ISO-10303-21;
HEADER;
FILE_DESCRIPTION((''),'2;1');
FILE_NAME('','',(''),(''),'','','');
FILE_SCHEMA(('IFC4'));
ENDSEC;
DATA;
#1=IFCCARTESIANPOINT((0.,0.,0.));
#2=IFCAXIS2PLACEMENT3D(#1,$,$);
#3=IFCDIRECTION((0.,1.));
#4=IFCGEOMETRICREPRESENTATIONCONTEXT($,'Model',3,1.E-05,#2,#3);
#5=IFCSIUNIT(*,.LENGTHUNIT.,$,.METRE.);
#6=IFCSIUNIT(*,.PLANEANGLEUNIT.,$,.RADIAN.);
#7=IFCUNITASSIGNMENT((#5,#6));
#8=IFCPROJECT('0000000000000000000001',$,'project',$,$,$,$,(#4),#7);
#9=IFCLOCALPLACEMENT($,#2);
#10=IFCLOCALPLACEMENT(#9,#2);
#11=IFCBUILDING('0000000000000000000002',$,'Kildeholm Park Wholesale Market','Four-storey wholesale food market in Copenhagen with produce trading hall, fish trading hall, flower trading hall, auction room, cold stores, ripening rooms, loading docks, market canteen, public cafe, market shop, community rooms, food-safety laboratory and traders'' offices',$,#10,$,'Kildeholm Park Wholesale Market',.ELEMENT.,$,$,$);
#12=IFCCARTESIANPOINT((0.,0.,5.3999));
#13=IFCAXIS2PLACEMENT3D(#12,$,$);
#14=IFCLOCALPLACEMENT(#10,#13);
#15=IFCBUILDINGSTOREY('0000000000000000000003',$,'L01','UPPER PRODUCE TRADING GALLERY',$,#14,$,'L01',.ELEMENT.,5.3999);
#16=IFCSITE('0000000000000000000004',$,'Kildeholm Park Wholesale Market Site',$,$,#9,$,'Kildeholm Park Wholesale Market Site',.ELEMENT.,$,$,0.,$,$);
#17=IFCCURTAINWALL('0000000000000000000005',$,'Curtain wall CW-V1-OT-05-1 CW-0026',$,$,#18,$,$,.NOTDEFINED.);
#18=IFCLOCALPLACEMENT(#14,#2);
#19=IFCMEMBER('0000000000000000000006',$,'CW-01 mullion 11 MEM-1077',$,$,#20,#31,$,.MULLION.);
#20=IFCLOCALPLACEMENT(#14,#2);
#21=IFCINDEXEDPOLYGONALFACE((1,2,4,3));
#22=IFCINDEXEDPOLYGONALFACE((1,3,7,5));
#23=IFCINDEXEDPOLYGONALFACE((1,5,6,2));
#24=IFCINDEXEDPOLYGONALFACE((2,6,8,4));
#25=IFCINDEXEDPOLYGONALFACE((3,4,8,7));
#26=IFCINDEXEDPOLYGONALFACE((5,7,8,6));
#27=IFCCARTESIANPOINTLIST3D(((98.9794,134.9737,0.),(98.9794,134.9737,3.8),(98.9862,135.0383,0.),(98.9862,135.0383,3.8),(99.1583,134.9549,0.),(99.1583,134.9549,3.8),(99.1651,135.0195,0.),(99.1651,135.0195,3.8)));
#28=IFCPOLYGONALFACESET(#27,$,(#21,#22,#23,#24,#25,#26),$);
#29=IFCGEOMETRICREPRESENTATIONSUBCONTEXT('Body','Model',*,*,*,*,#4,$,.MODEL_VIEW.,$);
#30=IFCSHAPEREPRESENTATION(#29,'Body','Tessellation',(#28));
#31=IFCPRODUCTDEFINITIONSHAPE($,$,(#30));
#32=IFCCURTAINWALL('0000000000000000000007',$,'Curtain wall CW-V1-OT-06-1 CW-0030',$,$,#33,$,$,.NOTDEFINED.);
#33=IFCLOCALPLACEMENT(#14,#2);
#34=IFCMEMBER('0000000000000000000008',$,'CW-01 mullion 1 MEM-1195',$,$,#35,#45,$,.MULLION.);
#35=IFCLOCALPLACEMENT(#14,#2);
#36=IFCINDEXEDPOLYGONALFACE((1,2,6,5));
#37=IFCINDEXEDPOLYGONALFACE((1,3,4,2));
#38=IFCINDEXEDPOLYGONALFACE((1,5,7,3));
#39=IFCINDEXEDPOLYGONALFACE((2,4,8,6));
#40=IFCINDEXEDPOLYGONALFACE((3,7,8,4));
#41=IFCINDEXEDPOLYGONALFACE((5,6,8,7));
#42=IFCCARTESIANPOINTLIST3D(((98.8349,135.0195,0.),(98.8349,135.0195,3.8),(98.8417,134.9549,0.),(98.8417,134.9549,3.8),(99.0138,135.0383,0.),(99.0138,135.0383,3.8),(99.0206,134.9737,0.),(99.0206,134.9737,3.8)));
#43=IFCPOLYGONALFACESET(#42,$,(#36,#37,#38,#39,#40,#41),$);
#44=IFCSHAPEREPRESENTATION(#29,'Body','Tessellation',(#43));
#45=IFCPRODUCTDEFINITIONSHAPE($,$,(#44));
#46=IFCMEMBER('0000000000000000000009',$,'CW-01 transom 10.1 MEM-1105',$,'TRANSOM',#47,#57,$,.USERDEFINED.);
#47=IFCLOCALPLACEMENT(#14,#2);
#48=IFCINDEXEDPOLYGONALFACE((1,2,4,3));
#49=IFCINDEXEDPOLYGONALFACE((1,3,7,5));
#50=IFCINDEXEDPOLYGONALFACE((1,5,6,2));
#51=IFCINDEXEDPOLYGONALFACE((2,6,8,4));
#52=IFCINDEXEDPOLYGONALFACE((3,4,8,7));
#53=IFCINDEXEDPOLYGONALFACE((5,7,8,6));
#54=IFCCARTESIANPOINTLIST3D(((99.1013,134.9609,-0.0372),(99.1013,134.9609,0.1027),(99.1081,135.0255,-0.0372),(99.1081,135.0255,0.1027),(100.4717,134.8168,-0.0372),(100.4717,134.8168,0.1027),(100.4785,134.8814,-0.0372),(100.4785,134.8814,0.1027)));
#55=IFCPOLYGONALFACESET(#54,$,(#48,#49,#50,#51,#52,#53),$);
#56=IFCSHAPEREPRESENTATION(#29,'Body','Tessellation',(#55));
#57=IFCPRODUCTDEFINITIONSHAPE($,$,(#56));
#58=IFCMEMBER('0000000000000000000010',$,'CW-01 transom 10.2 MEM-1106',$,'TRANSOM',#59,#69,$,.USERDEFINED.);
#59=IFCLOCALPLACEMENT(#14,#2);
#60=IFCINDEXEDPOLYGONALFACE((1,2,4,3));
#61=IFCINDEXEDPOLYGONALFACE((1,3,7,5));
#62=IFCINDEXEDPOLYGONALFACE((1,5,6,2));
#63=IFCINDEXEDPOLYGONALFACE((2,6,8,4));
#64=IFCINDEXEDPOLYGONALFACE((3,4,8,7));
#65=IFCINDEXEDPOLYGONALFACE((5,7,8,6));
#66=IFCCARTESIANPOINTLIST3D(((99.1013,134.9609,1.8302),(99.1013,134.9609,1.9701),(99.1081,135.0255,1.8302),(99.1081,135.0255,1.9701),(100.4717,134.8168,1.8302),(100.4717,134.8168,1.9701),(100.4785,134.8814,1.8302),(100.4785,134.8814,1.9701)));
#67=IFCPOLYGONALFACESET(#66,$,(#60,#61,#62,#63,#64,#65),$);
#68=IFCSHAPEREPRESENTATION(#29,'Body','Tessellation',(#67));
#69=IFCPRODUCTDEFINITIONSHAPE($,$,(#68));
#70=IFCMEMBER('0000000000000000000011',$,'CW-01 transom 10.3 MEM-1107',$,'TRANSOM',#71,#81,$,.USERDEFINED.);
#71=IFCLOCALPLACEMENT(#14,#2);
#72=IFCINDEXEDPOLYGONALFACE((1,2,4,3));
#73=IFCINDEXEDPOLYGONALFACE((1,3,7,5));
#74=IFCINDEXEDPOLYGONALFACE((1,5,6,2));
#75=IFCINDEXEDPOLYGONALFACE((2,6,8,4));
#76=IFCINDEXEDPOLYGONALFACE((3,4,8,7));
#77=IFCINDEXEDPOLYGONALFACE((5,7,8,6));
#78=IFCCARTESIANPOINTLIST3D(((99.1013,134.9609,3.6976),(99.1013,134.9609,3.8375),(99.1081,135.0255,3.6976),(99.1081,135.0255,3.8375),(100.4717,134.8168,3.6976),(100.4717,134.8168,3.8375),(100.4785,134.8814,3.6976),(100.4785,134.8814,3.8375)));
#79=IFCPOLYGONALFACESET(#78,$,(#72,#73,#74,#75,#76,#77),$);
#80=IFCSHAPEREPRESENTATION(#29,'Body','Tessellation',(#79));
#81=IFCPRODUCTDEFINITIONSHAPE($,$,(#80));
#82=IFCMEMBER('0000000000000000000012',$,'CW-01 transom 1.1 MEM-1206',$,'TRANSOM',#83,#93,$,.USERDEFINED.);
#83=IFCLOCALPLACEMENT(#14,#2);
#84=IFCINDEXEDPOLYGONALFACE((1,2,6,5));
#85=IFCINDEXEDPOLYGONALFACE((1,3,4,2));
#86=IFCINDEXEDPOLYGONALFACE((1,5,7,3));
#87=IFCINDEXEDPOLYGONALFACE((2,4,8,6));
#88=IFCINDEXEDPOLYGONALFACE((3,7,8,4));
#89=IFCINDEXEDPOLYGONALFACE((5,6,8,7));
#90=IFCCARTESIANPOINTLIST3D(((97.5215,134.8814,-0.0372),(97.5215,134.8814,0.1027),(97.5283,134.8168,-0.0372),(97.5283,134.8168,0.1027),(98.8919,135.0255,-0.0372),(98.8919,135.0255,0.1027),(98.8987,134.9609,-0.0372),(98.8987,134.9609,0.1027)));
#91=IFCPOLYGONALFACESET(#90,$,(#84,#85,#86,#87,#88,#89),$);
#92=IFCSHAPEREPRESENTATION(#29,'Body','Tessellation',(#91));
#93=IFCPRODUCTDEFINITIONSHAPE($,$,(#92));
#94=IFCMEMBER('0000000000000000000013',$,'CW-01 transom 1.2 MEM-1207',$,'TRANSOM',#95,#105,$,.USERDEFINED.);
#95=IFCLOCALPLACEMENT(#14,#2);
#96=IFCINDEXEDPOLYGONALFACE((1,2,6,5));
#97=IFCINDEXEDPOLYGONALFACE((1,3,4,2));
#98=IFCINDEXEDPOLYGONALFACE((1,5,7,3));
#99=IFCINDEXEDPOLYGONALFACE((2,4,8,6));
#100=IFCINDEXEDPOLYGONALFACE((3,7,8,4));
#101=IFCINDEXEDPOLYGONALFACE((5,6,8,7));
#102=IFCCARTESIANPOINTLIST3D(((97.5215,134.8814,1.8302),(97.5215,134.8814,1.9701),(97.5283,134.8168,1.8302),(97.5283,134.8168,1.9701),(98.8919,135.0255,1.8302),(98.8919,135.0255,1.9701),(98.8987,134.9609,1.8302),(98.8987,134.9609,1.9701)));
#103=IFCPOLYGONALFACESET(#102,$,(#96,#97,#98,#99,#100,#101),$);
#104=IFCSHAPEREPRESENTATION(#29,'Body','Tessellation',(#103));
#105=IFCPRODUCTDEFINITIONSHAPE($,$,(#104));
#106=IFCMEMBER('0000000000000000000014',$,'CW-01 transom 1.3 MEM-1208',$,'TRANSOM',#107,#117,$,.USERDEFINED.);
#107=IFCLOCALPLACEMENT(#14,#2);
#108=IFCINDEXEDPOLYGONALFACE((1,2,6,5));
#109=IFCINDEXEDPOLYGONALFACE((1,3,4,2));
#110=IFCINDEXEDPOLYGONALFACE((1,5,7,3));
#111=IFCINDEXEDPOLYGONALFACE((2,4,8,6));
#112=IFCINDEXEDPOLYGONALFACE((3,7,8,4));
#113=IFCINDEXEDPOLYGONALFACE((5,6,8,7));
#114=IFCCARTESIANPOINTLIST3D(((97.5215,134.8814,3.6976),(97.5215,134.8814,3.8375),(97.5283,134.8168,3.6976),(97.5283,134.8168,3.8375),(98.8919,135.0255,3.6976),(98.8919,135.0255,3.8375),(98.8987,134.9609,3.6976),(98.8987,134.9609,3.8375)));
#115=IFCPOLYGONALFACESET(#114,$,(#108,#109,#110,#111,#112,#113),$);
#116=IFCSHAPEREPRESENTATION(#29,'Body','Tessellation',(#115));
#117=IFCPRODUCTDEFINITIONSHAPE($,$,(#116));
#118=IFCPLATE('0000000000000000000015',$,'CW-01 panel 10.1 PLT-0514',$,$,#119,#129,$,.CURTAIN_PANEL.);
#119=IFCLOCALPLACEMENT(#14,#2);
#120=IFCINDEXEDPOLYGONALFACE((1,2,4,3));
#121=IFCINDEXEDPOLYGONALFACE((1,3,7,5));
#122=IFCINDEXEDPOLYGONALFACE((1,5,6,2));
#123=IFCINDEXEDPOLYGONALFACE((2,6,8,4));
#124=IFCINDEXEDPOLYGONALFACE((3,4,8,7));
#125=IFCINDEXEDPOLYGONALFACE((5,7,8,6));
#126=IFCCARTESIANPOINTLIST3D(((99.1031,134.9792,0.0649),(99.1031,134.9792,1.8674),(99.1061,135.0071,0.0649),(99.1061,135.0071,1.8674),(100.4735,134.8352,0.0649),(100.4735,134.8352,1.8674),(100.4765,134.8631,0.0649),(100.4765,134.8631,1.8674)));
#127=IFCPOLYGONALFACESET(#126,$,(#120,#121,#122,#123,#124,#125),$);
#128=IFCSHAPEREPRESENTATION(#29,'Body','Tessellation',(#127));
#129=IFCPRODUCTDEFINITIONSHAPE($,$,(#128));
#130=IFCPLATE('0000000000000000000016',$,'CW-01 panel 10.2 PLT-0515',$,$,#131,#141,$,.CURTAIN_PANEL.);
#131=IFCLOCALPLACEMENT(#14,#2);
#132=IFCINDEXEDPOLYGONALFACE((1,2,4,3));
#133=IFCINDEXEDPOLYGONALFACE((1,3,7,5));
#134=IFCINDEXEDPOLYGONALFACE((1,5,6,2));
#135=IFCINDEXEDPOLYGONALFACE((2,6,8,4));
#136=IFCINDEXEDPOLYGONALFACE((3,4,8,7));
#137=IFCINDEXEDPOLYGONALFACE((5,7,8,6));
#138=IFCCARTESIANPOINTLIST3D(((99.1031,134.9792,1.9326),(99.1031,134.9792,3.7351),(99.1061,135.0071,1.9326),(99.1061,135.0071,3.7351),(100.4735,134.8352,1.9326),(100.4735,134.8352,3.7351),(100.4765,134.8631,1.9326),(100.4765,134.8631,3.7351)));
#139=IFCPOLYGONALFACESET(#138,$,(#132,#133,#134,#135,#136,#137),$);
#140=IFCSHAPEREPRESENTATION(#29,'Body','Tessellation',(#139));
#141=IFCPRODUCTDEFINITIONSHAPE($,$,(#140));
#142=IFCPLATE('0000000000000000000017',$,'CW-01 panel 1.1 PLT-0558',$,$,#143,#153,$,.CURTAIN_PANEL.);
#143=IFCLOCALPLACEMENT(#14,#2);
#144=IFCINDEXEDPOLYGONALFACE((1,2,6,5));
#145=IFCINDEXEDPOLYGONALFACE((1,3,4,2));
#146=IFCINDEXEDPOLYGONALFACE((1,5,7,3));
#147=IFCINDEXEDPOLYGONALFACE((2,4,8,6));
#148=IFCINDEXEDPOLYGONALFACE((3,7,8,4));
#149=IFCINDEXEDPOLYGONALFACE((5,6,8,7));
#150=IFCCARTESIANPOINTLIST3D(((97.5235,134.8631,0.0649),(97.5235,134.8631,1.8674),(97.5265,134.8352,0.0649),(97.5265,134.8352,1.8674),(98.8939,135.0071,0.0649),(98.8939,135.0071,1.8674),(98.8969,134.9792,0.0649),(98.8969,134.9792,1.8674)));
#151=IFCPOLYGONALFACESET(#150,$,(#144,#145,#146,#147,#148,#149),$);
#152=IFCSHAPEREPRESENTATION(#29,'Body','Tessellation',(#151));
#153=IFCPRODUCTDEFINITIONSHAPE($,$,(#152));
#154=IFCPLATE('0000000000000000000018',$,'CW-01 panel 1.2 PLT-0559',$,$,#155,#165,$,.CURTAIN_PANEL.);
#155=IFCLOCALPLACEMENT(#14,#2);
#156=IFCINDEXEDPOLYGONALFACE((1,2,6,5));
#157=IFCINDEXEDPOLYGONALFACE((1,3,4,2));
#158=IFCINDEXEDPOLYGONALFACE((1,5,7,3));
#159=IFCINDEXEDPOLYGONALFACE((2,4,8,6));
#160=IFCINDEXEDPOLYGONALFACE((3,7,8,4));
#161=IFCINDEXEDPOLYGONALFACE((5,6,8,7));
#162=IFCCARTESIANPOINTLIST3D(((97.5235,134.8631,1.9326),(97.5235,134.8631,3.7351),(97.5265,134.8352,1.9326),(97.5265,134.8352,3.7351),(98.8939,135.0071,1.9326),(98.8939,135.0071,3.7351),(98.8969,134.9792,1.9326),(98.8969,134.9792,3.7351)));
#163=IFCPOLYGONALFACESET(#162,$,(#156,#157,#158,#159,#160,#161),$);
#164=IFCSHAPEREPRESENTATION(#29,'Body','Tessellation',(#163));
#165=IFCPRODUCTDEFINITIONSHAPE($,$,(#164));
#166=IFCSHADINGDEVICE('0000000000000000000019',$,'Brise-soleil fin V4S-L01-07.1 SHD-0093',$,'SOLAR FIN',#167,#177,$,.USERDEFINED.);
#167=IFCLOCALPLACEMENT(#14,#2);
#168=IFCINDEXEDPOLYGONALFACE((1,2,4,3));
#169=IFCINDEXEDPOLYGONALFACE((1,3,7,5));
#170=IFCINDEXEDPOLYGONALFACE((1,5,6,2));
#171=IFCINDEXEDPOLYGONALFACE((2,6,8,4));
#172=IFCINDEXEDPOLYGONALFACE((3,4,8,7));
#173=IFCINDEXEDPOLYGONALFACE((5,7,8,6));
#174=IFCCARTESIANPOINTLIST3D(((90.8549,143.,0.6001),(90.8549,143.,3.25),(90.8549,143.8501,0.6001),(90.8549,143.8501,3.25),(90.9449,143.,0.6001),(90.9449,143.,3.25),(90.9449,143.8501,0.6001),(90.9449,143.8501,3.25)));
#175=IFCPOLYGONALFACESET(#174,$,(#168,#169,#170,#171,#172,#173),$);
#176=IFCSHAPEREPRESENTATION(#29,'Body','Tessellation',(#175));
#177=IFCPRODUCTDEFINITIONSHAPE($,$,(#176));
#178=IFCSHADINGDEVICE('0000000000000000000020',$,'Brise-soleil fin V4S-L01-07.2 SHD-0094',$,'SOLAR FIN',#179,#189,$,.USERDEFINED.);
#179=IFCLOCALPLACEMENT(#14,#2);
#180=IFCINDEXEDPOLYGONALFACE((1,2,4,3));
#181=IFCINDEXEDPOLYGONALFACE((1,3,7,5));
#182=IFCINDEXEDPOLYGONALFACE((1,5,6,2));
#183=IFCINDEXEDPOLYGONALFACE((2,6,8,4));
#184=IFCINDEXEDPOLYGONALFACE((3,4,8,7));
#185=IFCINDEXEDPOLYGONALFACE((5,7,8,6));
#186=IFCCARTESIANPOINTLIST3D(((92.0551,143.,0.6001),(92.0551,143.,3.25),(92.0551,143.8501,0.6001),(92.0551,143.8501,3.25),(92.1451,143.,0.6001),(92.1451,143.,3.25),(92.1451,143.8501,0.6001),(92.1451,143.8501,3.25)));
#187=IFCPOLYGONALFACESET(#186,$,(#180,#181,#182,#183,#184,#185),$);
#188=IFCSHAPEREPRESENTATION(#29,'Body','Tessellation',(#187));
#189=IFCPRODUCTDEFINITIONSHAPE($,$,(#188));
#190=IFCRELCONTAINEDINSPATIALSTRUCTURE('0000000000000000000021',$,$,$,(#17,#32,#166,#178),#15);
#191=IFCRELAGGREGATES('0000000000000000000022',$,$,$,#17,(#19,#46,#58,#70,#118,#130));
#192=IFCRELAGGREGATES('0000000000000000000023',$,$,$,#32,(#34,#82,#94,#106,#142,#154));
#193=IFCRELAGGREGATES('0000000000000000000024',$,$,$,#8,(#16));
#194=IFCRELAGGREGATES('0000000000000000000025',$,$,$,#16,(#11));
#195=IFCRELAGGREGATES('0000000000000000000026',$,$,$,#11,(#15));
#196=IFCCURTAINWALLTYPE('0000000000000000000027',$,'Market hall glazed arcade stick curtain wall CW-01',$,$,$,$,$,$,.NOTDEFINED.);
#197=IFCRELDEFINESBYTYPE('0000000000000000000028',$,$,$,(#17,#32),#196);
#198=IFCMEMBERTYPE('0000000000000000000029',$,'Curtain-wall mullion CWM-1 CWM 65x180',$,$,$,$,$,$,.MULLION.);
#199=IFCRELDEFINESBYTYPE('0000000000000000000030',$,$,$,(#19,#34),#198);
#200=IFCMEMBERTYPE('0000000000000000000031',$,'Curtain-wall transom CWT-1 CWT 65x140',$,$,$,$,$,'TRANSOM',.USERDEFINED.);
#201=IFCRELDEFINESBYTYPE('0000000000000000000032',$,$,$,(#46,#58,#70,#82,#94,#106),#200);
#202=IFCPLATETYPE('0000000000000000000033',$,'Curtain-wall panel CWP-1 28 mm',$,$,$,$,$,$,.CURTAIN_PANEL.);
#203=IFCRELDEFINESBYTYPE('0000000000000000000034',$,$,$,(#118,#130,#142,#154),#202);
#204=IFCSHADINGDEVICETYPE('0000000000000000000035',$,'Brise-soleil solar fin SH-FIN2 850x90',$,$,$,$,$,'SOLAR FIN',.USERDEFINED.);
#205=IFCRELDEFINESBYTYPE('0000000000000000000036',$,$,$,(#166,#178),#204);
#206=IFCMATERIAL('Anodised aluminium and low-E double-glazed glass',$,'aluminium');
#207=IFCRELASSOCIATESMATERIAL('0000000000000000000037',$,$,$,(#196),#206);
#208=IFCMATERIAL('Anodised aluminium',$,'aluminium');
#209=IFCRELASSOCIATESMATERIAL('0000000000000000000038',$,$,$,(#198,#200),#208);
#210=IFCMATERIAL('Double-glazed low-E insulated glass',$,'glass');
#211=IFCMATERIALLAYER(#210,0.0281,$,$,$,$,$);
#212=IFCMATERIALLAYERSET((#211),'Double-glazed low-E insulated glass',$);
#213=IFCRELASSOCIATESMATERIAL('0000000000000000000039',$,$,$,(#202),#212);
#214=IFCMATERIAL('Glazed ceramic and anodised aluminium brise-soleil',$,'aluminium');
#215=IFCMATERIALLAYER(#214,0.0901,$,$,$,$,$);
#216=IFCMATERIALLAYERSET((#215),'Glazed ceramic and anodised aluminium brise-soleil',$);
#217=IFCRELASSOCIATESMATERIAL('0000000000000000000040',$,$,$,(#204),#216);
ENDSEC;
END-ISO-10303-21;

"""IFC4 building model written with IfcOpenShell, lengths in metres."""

from ifc_helpers import new_model, si_unit, direction, frame, origin, origin_2d, place, context, subcontext, project, spatial, rectangle, extrude, material, layer, layer_set, material_profile, profile_set, type_object, element, aggregate, save


model = new_model("IFC4")

# Units and contexts
model_context = context("Model", 3, precision=1e-05, world=origin(), true_north=direction((0.0, 1.0)))
body_context = subcontext(model_context, "Body", "Model", "MODEL_VIEW")
ifc_project = project(units=[si_unit("LENGTHUNIT", "METRE"), si_unit("PLANEANGLEUNIT", "RADIAN")], contexts=[model_context])

# Site, building, storey
site_placement = place(None, origin())
site = spatial("IfcSite", under=ifc_project, at=site_placement, Name="Kildeholm Park Wholesale Market Site", LongName="Kildeholm Park Wholesale Market Site", CompositionType="ELEMENT", RefElevation=0.0)
building_placement = place(site_placement, origin())
building = spatial("IfcBuilding", under=site, at=building_placement, Name="Kildeholm Park Wholesale Market", Description="Four-storey wholesale food market in Copenhagen with produce trading hall, fish trading hall, flower trading hall, auction room, cold stores, ripening rooms, loading docks, market canteen, public cafe, market shop, community rooms, food-safety laboratory and traders' offices", LongName="Kildeholm Park Wholesale Market", CompositionType="ELEMENT")
storey_placement = place(building_placement, frame((0.0, 0.0, 5.3999)))
storey = spatial("IfcBuildingStorey", under=building, at=storey_placement, Name="L01", Description="UPPER PRODUCE TRADING GALLERY", LongName="L01", CompositionType="ELEMENT", Elevation=5.3999)

# Curtain wall, member
ifc_material_1 = material(Name="Anodised aluminium and low-E double-glazed glass", Category="aluminium")
curtain_wall_type = type_object("IfcCurtainWallType", Name="Market hall glazed arcade stick curtain wall CW-01", PredefinedType="NOTDEFINED", material=ifc_material_1)
curtain_wall_1_placement = place(storey_placement, origin())
curtain_wall_1 = element("IfcCurtainWall", 1, at=curtain_wall_1_placement, inside=storey, type_object=curtain_wall_type, Name="Curtain wall CW-V1-OT-05-1 CW-0026", PredefinedType="NOTDEFINED")
ifc_material_2 = material(Name="Anodised aluminium", Category="aluminium")
ifc_material_profile_1 = material_profile(ifc_material_2, rectangle(XDim=0.0649, YDim=0.1799, at=origin_2d()), Name="CWM 65x180")
ifc_profile_set_1 = profile_set([ifc_material_profile_1], Name="Anodised aluminium")
member_type_1 = type_object("IfcMemberType", Name="Curtain-wall mullion CWM-1 CWM 65x180", PredefinedType="MULLION", material=ifc_profile_set_1)
member_1_placement = place(storey_placement, frame((99.0723, 134.9966, 0.0), z_axis=(0.0, 0.0, 1.0), x_axis=(-0.104508, -0.994524, 0.0)))
member_1 = element("IfcMember", 2, at=member_1_placement, type_object=member_type_1, Name="CW-01 mullion 11 MEM-1077", PredefinedType="MULLION", context=body_context, shape_type="SweptSolid", body=[
    extrude(rectangle(XDim=0.0649, YDim=0.1799, at=origin_2d()), origin(), (0.0, 0.0, 1.0), 3.8),
])

# Curtain wall, member
curtain_wall_2_placement = place(storey_placement, origin())
curtain_wall_2 = element("IfcCurtainWall", 3, at=curtain_wall_2_placement, inside=storey, type_object=curtain_wall_type, Name="Curtain wall CW-V1-OT-06-1 CW-0030", PredefinedType="NOTDEFINED")
member_2_placement = place(storey_placement, frame((98.9277, 134.9966, 0.0), z_axis=(0.0, 0.0, 1.0), x_axis=(0.104508, -0.994524, 0.0)))
member_2 = element("IfcMember", 4, at=member_2_placement, type_object=member_type_1, Name="CW-01 mullion 1 MEM-1195", PredefinedType="MULLION", context=body_context, shape_type="SweptSolid", body=[
    extrude(rectangle(XDim=0.0649, YDim=0.1799, at=origin_2d()), origin(), (0.0, 0.0, 1.0), 3.8),
])

# Members
ifc_material_profile_2 = material_profile(ifc_material_2, rectangle(XDim=0.0649, YDim=0.1399, at=origin_2d()), Name="CWT 65x140")
ifc_profile_set_2 = profile_set([ifc_material_profile_2], Name="Anodised aluminium")
member_type_2 = type_object("IfcMemberType", Name="Curtain-wall transom CWT-1 CWT 65x140", ElementType="TRANSOM", PredefinedType="USERDEFINED", material=ifc_profile_set_2)
member_3_placement = place(storey_placement, frame((100.4751, 134.8491, 0.0327), z_axis=(-0.994521, 0.104537, 0.0), x_axis=(-0.104537, -0.994521, 0.0)))
member_3 = element("IfcMember", 5, at=member_3_placement, type_object=member_type_2, Name="CW-01 transom 10.1 MEM-1105", ObjectType="TRANSOM", PredefinedType="USERDEFINED", context=body_context, shape_type="SweptSolid", body=[
    extrude(rectangle(XDim=0.0649, YDim=0.1399, at=origin_2d()), origin(), (0.0, 0.0, 1.0), 1.3779),
])
member_4_placement = place(storey_placement, frame((100.4751, 134.8491, 1.9001), z_axis=(-0.994521, 0.104537, 0.0), x_axis=(-0.104537, -0.994521, 0.0)))
member_4 = element("IfcMember", 6, at=member_4_placement, type_object=member_type_2, Name="CW-01 transom 10.2 MEM-1106", ObjectType="TRANSOM", PredefinedType="USERDEFINED", context=body_context, shape_type="SweptSolid", body=[
    extrude(rectangle(XDim=0.0649, YDim=0.1399, at=origin_2d()), origin(), (0.0, 0.0, 1.0), 1.3779),
])
member_5_placement = place(storey_placement, frame((100.4751, 134.8491, 3.7676), z_axis=(-0.994521, 0.104537, 0.0), x_axis=(-0.104537, -0.994521, 0.0)))
member_5 = element("IfcMember", 7, at=member_5_placement, type_object=member_type_2, Name="CW-01 transom 10.3 MEM-1107", ObjectType="TRANSOM", PredefinedType="USERDEFINED", context=body_context, shape_type="SweptSolid", body=[
    extrude(rectangle(XDim=0.0649, YDim=0.1399, at=origin_2d()), origin(), (0.0, 0.0, 1.0), 1.3779),
])
member_6_placement = place(storey_placement, frame((98.8953, 134.9932, 0.0327), z_axis=(-0.994521, -0.104537, 0.0), x_axis=(0.104537, -0.994521, 0.0)))
member_6 = element("IfcMember", 8, at=member_6_placement, type_object=member_type_2, Name="CW-01 transom 1.1 MEM-1206", ObjectType="TRANSOM", PredefinedType="USERDEFINED", context=body_context, shape_type="SweptSolid", body=[
    extrude(rectangle(XDim=0.0649, YDim=0.1399, at=origin_2d()), origin(), (0.0, 0.0, 1.0), 1.3779),
])
member_7_placement = place(storey_placement, frame((98.8953, 134.9932, 1.9001), z_axis=(-0.994521, -0.104537, 0.0), x_axis=(0.104537, -0.994521, 0.0)))
member_7 = element("IfcMember", 9, at=member_7_placement, type_object=member_type_2, Name="CW-01 transom 1.2 MEM-1207", ObjectType="TRANSOM", PredefinedType="USERDEFINED", context=body_context, shape_type="SweptSolid", body=[
    extrude(rectangle(XDim=0.0649, YDim=0.1399, at=origin_2d()), origin(), (0.0, 0.0, 1.0), 1.3779),
])
member_8_placement = place(storey_placement, frame((98.8953, 134.9932, 3.7676), z_axis=(-0.994521, -0.104537, 0.0), x_axis=(0.104537, -0.994521, 0.0)))
member_8 = element("IfcMember", 10, at=member_8_placement, type_object=member_type_2, Name="CW-01 transom 1.3 MEM-1208", ObjectType="TRANSOM", PredefinedType="USERDEFINED", context=body_context, shape_type="SweptSolid", body=[
    extrude(rectangle(XDim=0.0649, YDim=0.1399, at=origin_2d()), origin(), (0.0, 0.0, 1.0), 1.3779),
])

# Plates
ifc_material_3 = material(Name="Double-glazed low-E insulated glass", Category="glass")
ifc_layer_1 = layer(ifc_material_3, 0.0281)
ifc_layer_set_1 = layer_set([ifc_layer_1], Name="Double-glazed low-E insulated glass")
plate_type = type_object("IfcPlateType", Name="Curtain-wall panel CWP-1 28 mm", PredefinedType="CURTAIN_PANEL", material=ifc_layer_set_1)
plate_1_placement = place(storey_placement, frame((99.7898, 134.9211, 0.0649), z_axis=(0.0, 0.0, 1.0), x_axis=(-0.994524, 0.104508, 0.0)))
plate_1 = element("IfcPlate", 11, at=plate_1_placement, type_object=plate_type, Name="CW-01 panel 10.1 PLT-0514", PredefinedType="CURTAIN_PANEL", context=body_context, shape_type="SweptSolid", body=[
    extrude(rectangle(XDim=1.3779, YDim=0.0281, at=origin_2d()), origin(), (0.0, 0.0, 1.0), 1.8025),
])
plate_2_placement = place(storey_placement, frame((99.7898, 134.9211, 1.9326), z_axis=(0.0, 0.0, 1.0), x_axis=(-0.994524, 0.104508, 0.0)))
plate_2 = element("IfcPlate", 12, at=plate_2_placement, type_object=plate_type, Name="CW-01 panel 10.2 PLT-0515", PredefinedType="CURTAIN_PANEL", context=body_context, shape_type="SweptSolid", body=[
    extrude(rectangle(XDim=1.3779, YDim=0.0281, at=origin_2d()), origin(), (0.0, 0.0, 1.0), 1.8025),
])
aggregate(curtain_wall_1, [member_1, member_3, member_4, member_5, plate_1, plate_2])
plate_3_placement = place(storey_placement, frame((98.2102, 134.9211, 0.0649), z_axis=(0.0, 0.0, 1.0), x_axis=(-0.994524, -0.104508, 0.0)))
plate_3 = element("IfcPlate", 13, at=plate_3_placement, type_object=plate_type, Name="CW-01 panel 1.1 PLT-0558", PredefinedType="CURTAIN_PANEL", context=body_context, shape_type="SweptSolid", body=[
    extrude(rectangle(XDim=1.3779, YDim=0.0281, at=origin_2d()), origin(), (0.0, 0.0, 1.0), 1.8025),
])
plate_4_placement = place(storey_placement, frame((98.2102, 134.9211, 1.9326), z_axis=(0.0, 0.0, 1.0), x_axis=(-0.994524, -0.104508, 0.0)))
plate_4 = element("IfcPlate", 14, at=plate_4_placement, type_object=plate_type, Name="CW-01 panel 1.2 PLT-0559", PredefinedType="CURTAIN_PANEL", context=body_context, shape_type="SweptSolid", body=[
    extrude(rectangle(XDim=1.3779, YDim=0.0281, at=origin_2d()), origin(), (0.0, 0.0, 1.0), 1.8025),
])
aggregate(curtain_wall_2, [member_2, member_6, member_7, member_8, plate_3, plate_4])

# Shading devices
ifc_material_4 = material(Name="Glazed ceramic and anodised aluminium brise-soleil", Category="aluminium")
ifc_layer_2 = layer(ifc_material_4, 0.0901)
ifc_layer_set_2 = layer_set([ifc_layer_2], Name="Glazed ceramic and anodised aluminium brise-soleil")
shading_device_type = type_object("IfcShadingDeviceType", Name="Brise-soleil solar fin SH-FIN2 850x90", ElementType="SOLAR FIN", PredefinedType="USERDEFINED", material=ifc_layer_set_2)
for number, where, z_axis, x_axis, name in (
    (15, (90.8999, 143.425, 0.6001), (0.0, 0.0, 1.0), (0.0, -1.0, 0.0), "Brise-soleil fin V4S-L01-07.1 SHD-0093"),
    (16, (92.1001, 143.425, 0.6001), (0.0, 0.0, 1.0), (0.0, -1.0, 0.0), "Brise-soleil fin V4S-L01-07.2 SHD-0094"),
):
    element("IfcShadingDevice", number, at=place(storey_placement, frame(where, z_axis=z_axis, x_axis=x_axis)), inside=storey, type_object=shading_device_type, Name=name, ObjectType="SOLAR FIN", PredefinedType="USERDEFINED", context=body_context, shape_type="SweptSolid", body=[
        extrude(rectangle(XDim=0.8501, YDim=0.0901, at=origin_2d()), origin(), (0.0, 0.0, 1.0), 2.6499),
    ])

save(model, "model.ifc")
